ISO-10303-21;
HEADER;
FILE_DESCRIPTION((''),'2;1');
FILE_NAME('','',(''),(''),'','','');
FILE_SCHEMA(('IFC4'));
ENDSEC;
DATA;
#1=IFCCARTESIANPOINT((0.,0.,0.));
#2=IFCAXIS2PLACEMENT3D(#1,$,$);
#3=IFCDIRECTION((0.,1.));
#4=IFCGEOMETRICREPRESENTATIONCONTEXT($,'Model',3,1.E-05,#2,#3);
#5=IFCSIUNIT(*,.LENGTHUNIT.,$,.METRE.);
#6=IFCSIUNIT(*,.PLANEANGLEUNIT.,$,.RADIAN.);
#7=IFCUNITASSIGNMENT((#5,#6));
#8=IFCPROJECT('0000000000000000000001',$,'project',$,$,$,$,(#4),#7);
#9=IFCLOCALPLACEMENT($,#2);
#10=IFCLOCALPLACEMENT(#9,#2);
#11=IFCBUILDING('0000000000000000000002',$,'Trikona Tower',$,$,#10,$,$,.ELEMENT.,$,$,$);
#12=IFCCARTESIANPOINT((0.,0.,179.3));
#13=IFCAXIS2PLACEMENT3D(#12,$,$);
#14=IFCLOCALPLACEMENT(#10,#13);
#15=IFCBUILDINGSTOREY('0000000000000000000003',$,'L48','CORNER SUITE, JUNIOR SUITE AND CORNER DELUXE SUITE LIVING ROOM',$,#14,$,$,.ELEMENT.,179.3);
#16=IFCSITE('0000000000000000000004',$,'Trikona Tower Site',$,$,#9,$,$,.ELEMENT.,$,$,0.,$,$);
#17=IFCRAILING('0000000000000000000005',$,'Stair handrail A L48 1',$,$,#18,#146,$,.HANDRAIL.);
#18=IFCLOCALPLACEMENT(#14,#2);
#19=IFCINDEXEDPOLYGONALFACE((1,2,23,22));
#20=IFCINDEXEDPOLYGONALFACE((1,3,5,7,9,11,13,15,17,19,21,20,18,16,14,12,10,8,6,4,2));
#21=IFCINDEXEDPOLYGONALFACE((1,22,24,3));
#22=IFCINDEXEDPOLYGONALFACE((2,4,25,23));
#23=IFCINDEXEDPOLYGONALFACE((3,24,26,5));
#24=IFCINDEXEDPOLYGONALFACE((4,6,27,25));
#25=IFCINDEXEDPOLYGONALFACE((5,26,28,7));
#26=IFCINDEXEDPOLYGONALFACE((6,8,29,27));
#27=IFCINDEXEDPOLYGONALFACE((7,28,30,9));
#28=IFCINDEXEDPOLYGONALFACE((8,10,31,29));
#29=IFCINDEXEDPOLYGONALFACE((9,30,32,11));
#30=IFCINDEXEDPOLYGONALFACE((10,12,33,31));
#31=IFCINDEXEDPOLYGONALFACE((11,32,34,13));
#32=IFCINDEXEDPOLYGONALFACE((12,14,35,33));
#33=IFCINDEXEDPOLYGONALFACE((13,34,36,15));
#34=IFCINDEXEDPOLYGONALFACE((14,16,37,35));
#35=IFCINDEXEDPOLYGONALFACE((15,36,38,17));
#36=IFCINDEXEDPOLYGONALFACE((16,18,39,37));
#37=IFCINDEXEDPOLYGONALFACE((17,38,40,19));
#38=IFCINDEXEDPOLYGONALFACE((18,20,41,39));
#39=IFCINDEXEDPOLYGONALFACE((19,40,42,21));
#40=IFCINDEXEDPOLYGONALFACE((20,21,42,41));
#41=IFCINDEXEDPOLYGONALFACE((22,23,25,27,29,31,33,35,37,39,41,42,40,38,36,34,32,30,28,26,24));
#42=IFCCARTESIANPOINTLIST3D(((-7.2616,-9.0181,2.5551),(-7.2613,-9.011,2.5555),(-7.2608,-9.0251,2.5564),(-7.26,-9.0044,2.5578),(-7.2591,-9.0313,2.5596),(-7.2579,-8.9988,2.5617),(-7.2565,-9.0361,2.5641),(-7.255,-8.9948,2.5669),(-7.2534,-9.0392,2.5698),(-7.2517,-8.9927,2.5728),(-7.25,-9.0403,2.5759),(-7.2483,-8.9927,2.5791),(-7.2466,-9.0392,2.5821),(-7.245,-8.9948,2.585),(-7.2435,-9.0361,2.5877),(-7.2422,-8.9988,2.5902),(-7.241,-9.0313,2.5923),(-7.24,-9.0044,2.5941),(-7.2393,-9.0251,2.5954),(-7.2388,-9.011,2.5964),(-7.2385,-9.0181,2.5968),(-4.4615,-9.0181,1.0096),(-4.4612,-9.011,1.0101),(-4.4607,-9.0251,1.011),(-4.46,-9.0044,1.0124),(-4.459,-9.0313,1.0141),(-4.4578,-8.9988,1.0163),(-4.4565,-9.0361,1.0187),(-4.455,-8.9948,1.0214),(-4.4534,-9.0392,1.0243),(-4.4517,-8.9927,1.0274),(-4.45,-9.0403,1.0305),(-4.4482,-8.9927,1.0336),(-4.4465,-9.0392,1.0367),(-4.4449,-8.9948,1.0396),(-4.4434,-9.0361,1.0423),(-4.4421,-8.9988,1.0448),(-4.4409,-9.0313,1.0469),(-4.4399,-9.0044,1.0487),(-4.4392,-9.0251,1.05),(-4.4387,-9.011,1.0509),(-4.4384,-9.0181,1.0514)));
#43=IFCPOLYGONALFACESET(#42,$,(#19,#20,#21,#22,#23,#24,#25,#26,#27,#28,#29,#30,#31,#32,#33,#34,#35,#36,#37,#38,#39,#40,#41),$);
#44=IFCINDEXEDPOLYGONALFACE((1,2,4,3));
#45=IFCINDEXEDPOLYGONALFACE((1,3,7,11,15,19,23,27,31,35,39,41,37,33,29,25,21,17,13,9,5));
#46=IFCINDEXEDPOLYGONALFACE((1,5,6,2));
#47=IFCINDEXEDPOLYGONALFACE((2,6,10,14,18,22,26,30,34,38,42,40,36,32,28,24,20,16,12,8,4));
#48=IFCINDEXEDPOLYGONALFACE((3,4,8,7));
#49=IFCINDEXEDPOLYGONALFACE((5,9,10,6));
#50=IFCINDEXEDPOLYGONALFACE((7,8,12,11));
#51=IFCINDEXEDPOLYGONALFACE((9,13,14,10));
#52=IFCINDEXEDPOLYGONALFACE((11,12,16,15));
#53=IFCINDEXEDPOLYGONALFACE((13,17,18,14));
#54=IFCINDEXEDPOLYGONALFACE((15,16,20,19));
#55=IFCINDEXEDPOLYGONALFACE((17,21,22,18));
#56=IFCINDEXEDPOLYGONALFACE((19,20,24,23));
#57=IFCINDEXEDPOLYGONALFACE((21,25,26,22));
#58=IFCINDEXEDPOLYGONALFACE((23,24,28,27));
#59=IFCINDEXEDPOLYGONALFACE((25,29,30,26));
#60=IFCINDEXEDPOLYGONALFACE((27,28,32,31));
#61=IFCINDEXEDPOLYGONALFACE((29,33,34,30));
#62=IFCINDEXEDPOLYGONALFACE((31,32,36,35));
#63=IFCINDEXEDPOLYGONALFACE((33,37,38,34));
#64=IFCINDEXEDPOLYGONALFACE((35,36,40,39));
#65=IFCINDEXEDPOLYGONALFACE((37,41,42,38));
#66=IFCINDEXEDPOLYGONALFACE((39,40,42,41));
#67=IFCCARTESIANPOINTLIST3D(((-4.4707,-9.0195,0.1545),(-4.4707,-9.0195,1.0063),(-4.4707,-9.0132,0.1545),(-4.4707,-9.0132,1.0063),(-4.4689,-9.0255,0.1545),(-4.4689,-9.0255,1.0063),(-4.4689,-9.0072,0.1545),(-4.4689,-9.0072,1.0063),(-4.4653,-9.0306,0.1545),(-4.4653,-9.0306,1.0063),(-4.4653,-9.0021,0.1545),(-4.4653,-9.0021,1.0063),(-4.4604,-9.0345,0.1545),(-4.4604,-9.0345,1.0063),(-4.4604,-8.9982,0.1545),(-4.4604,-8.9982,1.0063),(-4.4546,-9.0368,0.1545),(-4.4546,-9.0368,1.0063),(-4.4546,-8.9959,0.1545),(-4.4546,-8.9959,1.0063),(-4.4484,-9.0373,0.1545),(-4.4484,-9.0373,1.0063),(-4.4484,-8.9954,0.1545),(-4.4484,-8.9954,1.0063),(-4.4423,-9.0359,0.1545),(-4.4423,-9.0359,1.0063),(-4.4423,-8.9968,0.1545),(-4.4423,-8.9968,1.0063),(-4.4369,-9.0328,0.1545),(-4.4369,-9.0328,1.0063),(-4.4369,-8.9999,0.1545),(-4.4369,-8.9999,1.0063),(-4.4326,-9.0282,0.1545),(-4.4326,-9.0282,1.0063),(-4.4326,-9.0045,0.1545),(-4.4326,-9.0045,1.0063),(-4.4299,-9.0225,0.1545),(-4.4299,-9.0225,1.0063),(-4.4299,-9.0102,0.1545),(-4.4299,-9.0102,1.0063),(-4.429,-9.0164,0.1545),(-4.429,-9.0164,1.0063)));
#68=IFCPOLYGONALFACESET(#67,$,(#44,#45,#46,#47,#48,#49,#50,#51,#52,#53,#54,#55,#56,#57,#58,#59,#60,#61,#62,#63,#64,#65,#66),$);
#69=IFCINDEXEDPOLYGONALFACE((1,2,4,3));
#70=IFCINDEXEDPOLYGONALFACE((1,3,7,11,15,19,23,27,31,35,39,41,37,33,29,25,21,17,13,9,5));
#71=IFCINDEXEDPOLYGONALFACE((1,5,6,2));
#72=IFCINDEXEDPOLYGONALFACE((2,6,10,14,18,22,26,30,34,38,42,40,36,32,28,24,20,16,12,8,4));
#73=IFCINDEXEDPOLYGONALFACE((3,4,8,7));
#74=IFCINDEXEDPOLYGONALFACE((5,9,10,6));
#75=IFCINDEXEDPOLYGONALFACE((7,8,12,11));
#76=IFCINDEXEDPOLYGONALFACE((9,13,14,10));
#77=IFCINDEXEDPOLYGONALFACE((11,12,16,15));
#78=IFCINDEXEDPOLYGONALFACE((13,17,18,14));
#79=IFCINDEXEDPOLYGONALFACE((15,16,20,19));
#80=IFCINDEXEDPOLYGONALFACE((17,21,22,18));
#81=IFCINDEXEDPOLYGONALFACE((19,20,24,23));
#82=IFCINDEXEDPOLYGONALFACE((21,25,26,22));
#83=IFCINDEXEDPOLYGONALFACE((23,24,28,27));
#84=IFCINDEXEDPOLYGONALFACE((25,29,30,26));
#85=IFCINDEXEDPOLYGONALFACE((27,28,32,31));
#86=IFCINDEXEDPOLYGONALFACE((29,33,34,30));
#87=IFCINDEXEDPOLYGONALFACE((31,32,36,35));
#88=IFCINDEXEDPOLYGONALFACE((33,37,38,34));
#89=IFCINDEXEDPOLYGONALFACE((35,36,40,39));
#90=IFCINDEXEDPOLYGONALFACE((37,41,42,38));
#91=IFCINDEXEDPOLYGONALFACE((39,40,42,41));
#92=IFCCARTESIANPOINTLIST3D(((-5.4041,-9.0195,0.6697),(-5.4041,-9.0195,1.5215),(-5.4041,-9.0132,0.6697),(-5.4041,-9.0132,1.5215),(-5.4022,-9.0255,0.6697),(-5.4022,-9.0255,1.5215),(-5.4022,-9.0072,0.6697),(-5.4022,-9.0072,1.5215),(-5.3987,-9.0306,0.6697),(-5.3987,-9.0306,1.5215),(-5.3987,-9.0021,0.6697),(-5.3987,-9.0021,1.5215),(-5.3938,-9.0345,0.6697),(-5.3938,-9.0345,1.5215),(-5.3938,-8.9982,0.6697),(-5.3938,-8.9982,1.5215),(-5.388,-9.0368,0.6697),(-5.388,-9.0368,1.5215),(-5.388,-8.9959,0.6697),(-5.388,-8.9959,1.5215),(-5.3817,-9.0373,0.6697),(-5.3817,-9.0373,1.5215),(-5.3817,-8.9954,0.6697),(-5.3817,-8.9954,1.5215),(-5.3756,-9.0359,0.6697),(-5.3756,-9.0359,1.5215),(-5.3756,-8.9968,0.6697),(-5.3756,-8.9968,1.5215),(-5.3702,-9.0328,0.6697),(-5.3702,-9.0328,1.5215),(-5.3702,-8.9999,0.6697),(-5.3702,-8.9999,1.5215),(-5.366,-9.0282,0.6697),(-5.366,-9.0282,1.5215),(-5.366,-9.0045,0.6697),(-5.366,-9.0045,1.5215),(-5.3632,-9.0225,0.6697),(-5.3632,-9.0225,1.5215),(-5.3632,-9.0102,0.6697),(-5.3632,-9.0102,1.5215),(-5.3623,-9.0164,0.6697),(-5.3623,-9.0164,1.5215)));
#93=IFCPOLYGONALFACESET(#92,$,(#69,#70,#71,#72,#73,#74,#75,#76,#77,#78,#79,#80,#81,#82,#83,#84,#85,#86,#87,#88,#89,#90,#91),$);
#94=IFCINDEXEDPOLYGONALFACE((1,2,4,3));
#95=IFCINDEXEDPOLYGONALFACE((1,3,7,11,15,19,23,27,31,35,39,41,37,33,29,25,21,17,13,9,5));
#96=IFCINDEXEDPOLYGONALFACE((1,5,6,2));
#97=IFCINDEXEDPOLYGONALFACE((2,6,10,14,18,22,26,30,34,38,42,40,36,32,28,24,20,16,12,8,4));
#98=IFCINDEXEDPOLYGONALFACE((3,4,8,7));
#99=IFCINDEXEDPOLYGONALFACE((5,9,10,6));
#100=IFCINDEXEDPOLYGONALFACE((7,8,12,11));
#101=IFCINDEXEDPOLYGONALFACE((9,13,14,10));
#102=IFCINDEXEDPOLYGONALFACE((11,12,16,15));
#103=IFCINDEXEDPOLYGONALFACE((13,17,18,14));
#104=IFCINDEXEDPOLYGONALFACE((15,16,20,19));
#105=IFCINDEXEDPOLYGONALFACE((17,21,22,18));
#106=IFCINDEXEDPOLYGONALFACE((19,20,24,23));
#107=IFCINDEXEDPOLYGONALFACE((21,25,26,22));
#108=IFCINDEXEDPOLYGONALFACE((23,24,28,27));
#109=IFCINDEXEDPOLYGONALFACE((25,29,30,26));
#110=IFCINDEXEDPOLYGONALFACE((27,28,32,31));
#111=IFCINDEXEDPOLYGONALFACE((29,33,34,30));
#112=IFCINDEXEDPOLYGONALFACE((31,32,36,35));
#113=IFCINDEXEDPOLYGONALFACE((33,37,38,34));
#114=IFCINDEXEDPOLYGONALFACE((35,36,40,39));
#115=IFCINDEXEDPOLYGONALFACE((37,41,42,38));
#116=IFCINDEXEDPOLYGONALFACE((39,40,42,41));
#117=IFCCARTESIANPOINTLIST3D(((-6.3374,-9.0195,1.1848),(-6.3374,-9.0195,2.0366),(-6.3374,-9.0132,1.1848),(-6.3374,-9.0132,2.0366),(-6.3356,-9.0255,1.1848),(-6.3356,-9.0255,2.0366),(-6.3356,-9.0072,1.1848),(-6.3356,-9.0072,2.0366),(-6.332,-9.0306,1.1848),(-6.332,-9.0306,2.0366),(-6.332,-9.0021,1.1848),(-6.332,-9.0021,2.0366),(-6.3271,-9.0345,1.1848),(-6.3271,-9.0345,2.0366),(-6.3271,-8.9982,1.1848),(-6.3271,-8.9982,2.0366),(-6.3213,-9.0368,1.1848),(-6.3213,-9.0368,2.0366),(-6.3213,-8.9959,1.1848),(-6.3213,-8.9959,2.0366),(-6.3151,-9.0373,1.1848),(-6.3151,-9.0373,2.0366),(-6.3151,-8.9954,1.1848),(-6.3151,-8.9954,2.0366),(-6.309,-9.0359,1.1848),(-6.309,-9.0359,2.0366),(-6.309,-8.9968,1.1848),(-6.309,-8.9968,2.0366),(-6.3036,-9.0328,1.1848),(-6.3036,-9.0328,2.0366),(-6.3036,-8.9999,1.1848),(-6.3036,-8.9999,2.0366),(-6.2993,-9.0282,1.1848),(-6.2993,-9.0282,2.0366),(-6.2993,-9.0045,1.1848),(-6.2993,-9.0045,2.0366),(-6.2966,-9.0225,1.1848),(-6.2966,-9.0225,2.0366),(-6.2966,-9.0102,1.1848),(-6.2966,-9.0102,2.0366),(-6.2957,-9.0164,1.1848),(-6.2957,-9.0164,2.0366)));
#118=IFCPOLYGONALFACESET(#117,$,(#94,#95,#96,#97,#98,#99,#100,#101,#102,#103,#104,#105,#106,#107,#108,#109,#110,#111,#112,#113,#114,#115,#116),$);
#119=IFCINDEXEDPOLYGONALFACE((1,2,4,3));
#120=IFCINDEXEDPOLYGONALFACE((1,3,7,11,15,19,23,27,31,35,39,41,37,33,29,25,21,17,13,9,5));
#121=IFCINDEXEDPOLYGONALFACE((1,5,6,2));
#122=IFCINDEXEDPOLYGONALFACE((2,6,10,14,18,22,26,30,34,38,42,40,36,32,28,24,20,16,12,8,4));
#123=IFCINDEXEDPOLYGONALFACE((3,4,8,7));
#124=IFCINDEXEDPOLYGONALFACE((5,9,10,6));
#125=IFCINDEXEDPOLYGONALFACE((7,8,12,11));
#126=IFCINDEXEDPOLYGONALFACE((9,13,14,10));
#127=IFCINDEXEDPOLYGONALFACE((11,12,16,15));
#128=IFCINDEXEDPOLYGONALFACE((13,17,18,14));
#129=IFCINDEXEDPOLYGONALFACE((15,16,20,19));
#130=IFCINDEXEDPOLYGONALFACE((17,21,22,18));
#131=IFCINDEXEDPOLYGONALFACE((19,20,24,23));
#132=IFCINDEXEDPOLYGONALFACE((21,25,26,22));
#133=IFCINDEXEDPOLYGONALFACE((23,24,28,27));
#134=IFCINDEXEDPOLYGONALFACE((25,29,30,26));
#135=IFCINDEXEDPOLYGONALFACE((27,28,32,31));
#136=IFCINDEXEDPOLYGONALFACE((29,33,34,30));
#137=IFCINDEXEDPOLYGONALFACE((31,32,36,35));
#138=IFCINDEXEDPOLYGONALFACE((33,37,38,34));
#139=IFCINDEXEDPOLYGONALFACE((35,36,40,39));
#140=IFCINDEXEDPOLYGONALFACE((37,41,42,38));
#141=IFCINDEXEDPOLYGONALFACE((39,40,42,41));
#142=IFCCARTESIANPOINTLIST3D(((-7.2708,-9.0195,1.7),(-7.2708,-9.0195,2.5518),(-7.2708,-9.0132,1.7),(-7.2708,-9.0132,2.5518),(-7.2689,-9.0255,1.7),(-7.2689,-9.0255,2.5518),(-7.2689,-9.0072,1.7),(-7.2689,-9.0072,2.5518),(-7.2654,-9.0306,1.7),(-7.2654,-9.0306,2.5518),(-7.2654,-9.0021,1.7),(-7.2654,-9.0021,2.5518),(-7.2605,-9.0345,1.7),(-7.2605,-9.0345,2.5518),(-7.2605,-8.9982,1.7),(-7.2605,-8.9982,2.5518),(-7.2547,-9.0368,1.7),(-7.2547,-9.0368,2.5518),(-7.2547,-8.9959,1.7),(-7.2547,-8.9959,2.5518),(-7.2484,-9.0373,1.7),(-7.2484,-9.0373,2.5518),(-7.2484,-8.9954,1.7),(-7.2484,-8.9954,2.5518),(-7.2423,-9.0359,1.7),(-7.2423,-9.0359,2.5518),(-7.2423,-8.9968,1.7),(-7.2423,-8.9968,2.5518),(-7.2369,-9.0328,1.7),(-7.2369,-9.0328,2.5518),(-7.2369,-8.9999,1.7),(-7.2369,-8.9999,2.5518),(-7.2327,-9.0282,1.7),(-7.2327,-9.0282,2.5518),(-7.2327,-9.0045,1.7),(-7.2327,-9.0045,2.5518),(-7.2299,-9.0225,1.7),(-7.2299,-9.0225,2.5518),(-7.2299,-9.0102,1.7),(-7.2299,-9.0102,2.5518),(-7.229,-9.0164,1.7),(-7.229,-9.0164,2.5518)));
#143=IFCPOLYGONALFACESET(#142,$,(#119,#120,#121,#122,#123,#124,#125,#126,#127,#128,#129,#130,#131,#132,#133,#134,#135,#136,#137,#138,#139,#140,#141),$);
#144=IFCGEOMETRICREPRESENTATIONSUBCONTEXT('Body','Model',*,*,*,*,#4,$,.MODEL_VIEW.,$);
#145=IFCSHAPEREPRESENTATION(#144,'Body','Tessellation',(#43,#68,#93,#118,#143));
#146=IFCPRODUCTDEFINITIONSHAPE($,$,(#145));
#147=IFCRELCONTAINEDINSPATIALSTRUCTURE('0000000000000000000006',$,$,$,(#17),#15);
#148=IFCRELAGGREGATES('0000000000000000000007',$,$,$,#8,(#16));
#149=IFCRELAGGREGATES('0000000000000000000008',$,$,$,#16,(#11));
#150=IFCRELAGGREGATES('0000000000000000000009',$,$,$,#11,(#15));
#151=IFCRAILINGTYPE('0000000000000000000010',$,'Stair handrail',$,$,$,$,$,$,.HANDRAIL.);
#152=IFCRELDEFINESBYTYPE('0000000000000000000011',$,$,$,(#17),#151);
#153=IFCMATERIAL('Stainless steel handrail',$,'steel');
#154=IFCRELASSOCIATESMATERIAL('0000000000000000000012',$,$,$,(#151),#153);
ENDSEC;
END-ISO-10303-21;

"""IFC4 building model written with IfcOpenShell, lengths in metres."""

from ifc_helpers import new_model, si_unit, direction, frame, origin, origin_2d, place, context, subcontext, project, spatial, circle, extrude, material, type_object, element, save


model = new_model("IFC4")

# Units and contexts
model_context = context("Model", 3, precision=1e-05, world=origin(), true_north=direction((0.0, 1.0)))
body_context = subcontext(model_context, "Body", "Model", "MODEL_VIEW")
ifc_project = project(units=[si_unit("LENGTHUNIT", "METRE"), si_unit("PLANEANGLEUNIT", "RADIAN")], contexts=[model_context])

# Site, building, storey
site_placement = place(None, origin())
site = spatial("IfcSite", under=ifc_project, at=site_placement, Name="Trikona Tower Site", CompositionType="ELEMENT", RefElevation=0.0)
building_placement = place(site_placement, origin())
building = spatial("IfcBuilding", under=site, at=building_placement, Name="Trikona Tower", CompositionType="ELEMENT")
storey_placement = place(building_placement, frame((0.0, 0.0, 179.3)))
storey = spatial("IfcBuildingStorey", under=building, at=storey_placement, Name="L48", Description="CORNER SUITE, JUNIOR SUITE AND CORNER DELUXE SUITE LIVING ROOM", CompositionType="ELEMENT", Elevation=179.3)

# Railing
ifc_material_1 = material(Name="Stainless steel handrail", Category="steel")
railing_type = type_object("IfcRailingType", Name="Stair handrail", PredefinedType="HANDRAIL", material=ifc_material_1)
railing_placement = place(storey_placement, frame((-4.45, -9.0164, 0.1545)))
element("IfcRailing", 1, at=railing_placement, inside=storey, type_object=railing_type, Name="Stair handrail A L48 1", PredefinedType="HANDRAIL", context=body_context, shape_type="SweptSolid", body=[
    extrude(circle(Radius=0.0239, at=origin_2d()), frame((0.0, 0.0, 0.876), z_axis=(-0.875504, 0.0, 0.483211), x_axis=(0.0, -1.0, 0.0)), (0.0, 0.0, 1.0), 3.1982),
    extrude(circle(Radius=0.021, at=origin_2d()), origin(), (0.0, 0.0, 1.0), 0.8518),
    extrude(circle(Radius=0.021, at=origin_2d()), frame((-0.9333, 0.0, 0.5151)), (0.0, 0.0, 1.0), 0.8518),
    extrude(circle(Radius=0.021, at=origin_2d()), frame((-1.8667, 0.0, 1.0303)), (0.0, 0.0, 1.0), 0.8518),
    extrude(circle(Radius=0.021, at=origin_2d()), frame((-2.8, 0.0, 1.5454)), (0.0, 0.0, 1.0), 0.8518),
])

save(model, "model.ifc")
